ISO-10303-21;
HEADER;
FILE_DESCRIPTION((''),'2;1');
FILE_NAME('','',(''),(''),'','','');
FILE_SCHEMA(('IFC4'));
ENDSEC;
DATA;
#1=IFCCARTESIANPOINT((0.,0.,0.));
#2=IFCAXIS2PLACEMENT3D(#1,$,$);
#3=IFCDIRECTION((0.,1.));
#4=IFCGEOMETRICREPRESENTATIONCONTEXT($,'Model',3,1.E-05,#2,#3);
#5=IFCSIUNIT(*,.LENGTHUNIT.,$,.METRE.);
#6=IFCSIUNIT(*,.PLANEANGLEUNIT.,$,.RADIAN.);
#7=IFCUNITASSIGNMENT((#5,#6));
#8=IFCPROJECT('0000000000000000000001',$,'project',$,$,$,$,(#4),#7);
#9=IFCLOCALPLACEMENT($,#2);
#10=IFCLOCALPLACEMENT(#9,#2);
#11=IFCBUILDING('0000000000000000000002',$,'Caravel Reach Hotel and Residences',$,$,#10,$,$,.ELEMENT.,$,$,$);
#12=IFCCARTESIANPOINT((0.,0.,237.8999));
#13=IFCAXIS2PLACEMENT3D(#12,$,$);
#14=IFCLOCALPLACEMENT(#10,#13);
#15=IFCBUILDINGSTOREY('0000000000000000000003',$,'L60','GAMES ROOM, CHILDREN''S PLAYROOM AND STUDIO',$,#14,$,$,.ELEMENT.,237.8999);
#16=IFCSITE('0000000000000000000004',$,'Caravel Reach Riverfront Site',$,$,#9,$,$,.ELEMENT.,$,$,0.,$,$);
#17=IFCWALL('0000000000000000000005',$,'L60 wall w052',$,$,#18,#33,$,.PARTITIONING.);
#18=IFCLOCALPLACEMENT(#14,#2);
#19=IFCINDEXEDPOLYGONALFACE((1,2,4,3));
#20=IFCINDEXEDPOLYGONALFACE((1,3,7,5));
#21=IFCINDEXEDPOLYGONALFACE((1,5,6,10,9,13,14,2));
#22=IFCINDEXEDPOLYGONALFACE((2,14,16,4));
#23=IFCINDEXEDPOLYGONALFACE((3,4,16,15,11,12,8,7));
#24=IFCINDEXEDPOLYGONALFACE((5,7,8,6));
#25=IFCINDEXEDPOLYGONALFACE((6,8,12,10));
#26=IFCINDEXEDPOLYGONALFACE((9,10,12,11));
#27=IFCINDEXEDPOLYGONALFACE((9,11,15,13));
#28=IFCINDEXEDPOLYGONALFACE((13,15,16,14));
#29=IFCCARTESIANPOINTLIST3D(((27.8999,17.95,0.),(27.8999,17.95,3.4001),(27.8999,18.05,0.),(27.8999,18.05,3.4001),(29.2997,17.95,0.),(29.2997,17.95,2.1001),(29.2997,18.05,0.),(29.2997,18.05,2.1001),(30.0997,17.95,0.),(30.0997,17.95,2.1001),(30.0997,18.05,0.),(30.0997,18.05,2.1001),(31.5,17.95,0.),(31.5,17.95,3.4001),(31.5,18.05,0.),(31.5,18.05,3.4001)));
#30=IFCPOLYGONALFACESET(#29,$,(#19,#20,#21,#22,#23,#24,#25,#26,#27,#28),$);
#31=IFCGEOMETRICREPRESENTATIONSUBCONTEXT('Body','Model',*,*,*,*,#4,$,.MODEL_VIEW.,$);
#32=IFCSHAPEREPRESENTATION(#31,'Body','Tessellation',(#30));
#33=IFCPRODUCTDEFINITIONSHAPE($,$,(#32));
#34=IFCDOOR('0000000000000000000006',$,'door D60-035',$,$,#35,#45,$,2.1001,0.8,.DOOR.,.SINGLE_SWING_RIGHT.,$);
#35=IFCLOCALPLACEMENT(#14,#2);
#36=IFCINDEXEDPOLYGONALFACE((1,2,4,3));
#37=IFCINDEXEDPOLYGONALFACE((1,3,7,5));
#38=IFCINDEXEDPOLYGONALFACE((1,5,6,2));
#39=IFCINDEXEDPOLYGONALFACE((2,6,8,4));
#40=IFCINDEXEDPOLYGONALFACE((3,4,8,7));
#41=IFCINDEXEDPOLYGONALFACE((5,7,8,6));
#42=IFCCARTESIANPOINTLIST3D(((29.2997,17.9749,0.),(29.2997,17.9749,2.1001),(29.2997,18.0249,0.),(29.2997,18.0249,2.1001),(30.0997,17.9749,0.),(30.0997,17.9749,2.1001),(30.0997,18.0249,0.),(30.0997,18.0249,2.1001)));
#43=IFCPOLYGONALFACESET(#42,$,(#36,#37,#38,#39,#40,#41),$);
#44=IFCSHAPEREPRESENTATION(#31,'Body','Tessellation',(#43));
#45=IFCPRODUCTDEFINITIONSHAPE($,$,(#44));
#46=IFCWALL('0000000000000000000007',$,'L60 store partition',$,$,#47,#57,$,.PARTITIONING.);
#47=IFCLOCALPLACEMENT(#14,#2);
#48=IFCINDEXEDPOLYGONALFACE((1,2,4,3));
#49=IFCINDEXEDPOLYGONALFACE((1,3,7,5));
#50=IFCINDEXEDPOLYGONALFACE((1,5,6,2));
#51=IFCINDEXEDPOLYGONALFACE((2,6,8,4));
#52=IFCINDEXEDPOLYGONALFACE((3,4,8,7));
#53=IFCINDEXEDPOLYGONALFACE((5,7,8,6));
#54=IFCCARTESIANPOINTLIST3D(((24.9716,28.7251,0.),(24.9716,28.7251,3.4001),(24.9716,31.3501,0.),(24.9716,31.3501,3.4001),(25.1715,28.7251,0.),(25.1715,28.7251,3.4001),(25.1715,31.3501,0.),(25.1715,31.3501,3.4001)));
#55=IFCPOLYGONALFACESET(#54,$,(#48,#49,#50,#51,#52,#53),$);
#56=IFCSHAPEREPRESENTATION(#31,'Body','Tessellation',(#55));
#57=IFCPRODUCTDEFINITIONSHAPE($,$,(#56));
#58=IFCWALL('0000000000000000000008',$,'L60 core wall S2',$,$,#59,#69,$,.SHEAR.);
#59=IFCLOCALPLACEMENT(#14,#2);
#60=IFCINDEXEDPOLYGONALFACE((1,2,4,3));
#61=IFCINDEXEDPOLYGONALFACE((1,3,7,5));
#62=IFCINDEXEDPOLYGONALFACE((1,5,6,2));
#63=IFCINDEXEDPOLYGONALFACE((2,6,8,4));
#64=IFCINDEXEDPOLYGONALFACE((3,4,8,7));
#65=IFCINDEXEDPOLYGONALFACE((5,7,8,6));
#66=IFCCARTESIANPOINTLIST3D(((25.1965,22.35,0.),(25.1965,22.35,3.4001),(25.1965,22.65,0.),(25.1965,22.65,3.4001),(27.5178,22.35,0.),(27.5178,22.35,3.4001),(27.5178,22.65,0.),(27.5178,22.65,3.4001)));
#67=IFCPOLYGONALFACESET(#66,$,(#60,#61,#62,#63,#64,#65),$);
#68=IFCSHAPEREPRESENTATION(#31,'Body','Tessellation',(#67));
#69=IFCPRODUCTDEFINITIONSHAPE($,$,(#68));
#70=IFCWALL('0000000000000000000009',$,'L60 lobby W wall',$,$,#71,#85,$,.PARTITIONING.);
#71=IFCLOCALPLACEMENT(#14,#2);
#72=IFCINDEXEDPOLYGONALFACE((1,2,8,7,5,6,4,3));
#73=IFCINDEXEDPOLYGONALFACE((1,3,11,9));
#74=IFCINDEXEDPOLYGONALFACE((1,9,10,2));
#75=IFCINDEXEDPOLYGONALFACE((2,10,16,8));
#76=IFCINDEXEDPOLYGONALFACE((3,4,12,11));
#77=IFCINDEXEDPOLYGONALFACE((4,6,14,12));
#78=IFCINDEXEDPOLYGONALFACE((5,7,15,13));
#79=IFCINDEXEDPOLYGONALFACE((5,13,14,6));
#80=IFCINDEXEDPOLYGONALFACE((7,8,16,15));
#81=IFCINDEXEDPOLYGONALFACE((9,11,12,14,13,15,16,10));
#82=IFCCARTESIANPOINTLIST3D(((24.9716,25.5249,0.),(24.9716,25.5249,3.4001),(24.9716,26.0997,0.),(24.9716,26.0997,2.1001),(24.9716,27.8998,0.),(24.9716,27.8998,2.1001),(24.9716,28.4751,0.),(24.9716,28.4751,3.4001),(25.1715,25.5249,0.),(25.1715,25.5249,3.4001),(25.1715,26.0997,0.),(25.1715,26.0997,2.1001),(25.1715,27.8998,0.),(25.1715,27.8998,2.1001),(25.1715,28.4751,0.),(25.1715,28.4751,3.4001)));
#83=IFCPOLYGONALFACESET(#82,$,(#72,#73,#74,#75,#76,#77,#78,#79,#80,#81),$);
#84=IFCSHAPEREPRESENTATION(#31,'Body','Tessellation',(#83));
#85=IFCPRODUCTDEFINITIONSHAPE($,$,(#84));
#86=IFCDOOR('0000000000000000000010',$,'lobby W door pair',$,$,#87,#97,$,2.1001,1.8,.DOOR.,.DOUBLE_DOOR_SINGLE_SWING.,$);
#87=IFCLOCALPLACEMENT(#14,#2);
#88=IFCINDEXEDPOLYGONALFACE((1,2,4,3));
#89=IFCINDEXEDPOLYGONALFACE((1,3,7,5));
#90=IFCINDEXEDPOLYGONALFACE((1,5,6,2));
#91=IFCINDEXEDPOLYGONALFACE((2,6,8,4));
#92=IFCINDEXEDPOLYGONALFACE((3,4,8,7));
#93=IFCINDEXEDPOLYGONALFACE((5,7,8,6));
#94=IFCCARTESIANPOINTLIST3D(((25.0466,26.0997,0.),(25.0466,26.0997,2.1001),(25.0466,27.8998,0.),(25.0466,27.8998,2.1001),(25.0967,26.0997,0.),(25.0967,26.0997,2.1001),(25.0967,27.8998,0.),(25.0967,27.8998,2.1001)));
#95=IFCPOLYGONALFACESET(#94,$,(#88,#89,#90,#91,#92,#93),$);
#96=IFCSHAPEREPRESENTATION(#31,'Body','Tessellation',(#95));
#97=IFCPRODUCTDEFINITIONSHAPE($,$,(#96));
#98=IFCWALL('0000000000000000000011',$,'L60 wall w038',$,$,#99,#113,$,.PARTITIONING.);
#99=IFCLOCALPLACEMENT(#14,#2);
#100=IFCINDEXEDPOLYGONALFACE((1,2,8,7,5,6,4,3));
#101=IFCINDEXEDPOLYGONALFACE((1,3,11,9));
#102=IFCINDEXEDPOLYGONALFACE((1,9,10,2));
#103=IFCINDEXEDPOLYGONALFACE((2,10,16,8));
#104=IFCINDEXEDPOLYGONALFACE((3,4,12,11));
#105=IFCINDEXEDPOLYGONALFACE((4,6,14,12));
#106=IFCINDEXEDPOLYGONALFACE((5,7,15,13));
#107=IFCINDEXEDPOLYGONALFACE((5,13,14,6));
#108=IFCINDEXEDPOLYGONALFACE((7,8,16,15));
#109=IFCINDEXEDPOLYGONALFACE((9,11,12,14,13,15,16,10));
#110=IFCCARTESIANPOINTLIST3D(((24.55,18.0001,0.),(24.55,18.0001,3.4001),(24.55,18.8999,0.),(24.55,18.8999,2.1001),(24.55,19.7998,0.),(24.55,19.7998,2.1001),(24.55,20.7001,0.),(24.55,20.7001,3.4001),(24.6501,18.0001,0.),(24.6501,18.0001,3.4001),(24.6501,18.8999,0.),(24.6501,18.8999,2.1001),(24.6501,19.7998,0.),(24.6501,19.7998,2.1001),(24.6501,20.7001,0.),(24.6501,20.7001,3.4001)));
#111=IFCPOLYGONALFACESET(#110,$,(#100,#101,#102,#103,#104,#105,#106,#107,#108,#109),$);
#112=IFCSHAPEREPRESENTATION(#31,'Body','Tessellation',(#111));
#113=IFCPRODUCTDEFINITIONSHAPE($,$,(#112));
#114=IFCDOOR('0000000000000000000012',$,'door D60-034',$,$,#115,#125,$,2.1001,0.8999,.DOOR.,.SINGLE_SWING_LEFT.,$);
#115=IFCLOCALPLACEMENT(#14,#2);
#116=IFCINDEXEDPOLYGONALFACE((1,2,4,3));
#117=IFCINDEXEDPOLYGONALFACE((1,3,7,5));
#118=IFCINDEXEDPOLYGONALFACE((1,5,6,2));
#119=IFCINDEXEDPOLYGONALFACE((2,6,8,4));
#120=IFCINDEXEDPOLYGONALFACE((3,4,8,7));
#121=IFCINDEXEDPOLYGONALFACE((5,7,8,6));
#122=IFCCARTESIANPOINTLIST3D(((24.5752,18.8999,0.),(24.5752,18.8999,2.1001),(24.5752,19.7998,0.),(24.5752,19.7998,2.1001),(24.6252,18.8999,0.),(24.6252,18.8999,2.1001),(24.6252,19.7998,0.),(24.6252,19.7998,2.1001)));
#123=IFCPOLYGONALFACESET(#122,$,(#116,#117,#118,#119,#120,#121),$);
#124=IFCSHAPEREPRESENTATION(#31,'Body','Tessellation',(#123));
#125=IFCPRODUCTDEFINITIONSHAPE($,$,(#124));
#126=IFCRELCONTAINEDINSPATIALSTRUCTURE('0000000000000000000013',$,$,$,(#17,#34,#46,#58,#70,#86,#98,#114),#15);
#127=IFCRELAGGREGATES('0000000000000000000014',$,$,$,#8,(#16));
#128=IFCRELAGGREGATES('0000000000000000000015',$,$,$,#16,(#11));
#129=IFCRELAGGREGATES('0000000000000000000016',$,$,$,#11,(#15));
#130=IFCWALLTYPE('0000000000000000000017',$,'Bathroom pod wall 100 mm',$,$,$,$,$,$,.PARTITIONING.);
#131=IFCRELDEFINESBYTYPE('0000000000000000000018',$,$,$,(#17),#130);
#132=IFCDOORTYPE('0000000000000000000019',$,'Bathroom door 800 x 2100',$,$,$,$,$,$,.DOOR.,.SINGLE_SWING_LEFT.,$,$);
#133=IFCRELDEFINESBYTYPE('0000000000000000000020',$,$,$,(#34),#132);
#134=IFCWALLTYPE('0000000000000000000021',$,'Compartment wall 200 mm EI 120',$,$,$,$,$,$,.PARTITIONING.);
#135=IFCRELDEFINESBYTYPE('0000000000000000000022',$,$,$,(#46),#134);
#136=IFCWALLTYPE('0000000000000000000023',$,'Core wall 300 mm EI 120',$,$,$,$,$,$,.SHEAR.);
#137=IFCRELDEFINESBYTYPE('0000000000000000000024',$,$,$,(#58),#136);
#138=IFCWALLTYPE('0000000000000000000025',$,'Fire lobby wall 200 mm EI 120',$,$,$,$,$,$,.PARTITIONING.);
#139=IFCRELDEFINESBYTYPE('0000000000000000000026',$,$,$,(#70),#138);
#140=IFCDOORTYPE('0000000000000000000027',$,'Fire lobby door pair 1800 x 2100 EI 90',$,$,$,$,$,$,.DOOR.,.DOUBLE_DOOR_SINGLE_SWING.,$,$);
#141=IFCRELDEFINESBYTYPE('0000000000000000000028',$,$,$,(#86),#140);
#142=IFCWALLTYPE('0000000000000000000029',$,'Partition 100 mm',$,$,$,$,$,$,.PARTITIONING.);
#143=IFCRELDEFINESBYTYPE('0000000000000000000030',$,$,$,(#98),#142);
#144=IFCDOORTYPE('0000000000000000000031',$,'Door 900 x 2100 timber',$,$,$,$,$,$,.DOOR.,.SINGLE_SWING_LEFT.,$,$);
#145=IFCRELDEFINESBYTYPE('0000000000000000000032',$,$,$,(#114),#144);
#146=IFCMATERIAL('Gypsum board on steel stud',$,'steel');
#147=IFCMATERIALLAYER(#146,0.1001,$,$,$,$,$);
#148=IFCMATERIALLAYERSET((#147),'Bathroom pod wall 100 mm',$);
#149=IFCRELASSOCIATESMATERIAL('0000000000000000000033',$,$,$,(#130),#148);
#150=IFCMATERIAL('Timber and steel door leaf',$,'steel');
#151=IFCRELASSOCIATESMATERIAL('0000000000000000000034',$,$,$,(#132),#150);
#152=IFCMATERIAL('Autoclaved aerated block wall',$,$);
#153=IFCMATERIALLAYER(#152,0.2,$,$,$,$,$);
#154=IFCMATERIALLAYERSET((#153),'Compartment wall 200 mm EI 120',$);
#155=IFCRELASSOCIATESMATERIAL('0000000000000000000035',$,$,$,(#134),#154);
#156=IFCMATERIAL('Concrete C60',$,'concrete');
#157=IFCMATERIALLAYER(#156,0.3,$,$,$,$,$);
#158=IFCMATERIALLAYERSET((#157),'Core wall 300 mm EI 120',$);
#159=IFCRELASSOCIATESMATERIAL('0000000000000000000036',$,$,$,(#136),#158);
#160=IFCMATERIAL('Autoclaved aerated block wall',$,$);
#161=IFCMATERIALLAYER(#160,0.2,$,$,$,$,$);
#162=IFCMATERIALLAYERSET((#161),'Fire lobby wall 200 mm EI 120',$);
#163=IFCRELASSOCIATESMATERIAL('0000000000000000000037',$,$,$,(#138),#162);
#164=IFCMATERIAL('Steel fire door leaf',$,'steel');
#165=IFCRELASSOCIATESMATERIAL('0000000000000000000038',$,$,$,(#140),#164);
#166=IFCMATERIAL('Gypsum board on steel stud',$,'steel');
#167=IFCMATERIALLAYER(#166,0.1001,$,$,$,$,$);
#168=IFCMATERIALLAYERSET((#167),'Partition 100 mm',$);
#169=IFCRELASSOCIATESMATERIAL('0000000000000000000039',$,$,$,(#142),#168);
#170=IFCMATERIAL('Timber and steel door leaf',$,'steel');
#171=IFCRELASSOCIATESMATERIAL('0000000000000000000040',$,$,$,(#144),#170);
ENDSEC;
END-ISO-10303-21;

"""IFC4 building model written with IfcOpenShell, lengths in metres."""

from ifc_helpers import new_model, si_unit, direction, frame, frame_2d, origin, place, context, subcontext, project, spatial, rectangle, extrude, material, layer, layer_set, type_object, element, fill, save


model = new_model("IFC4")

# Units and contexts
model_context = context("Model", 3, precision=1e-05, world=origin(), true_north=direction((0.0, 1.0)))
body_context = subcontext(model_context, "Body", "Model", "MODEL_VIEW")
ifc_project = project(units=[si_unit("LENGTHUNIT", "METRE"), si_unit("PLANEANGLEUNIT", "RADIAN")], contexts=[model_context])

# Site, building, storey
site_placement = place(None, origin())
site = spatial("IfcSite", under=ifc_project, at=site_placement, Name="Caravel Reach Riverfront Site", CompositionType="ELEMENT", RefElevation=0.0)
building_placement = place(site_placement, origin())
building = spatial("IfcBuilding", under=site, at=building_placement, Name="Caravel Reach Hotel and Residences", CompositionType="ELEMENT")
storey_placement = place(building_placement, frame((0.0, 0.0, 237.8999)))
storey = spatial("IfcBuildingStorey", under=building, at=storey_placement, Name="L60", Description="GAMES ROOM, CHILDREN'S PLAYROOM AND STUDIO", CompositionType="ELEMENT", Elevation=237.8999)

# Wall, opening, door
ifc_material_1 = material(Name="Gypsum board on steel stud", Category="steel")
ifc_layer_1 = layer(ifc_material_1, 0.1001)
ifc_layer_set_1 = layer_set([ifc_layer_1], Name="Bathroom pod wall 100 mm")
wall_type_1 = type_object("IfcWallType", Name="Bathroom pod wall 100 mm", PredefinedType="PARTITIONING", material=ifc_layer_set_1)
wall_1_placement = place(storey_placement, frame((27.8999, 18.0, 0.0), z_axis=(0.0, 0.0, 1.0), x_axis=(1.0, 0.0, 0.0)))
wall_1 = element("IfcWall", 1, at=wall_1_placement, inside=storey, type_object=wall_type_1, Name="L60 wall w052", PredefinedType="PARTITIONING", context=body_context, shape_type="SweptSolid", body=[
    extrude(rectangle(XDim=3.6001, YDim=0.1001, at=frame_2d((1.8, 0.0))), origin(), (0.0, 0.0, 1.0), 3.4001),
])
opening_1_placement = place(wall_1_placement, frame((1.3999, 0.0, 0.0)))
opening_1 = element("IfcOpeningElement", 2, at=opening_1_placement, cuts=wall_1, PredefinedType="OPENING", context=body_context, shape_type="SweptSolid", body=[
    extrude(rectangle(XDim=0.8, YDim=2.1001, at=frame_2d((0.3999, 1.05))), frame((0.0, 0.0601, 0.0), z_axis=(0.0, -1.0, 0.0), x_axis=(1.0, 0.0, 0.0)), (0.0, 0.0, 1.0), 0.1201),
])
ifc_material_2 = material(Name="Timber and steel door leaf", Category="steel")
door_type_1 = type_object("IfcDoorType", Name="Bathroom door 800 x 2100", OperationType="SINGLE_SWING_LEFT", PredefinedType="DOOR", material=ifc_material_2)
door_1_placement = place(opening_1_placement, origin())
door_1 = element("IfcDoor", 3, at=door_1_placement, inside=storey, type_object=door_type_1, Name="door D60-035", OperationType="SINGLE_SWING_RIGHT", OverallHeight=2.1001, OverallWidth=0.8, PredefinedType="DOOR", context=body_context, shape_type="SweptSolid", body=[
    extrude(rectangle(XDim=0.8, YDim=2.1001, at=frame_2d((0.3999, 1.05))), frame((0.0, 0.0249, 0.0), z_axis=(0.0, -1.0, 0.0), x_axis=(1.0, 0.0, 0.0)), (0.0, 0.0, 1.0), 0.05),
])
fill(opening_1, door_1)

# Walls
ifc_material_3 = material(Name="Autoclaved aerated block wall")
ifc_layer_2 = layer(ifc_material_3, 0.2)
ifc_layer_set_2 = layer_set([ifc_layer_2], Name="Compartment wall 200 mm EI 120")
wall_type_2 = type_object("IfcWallType", Name="Compartment wall 200 mm EI 120", PredefinedType="PARTITIONING", material=ifc_layer_set_2)
wall_2_placement = place(storey_placement, frame((25.0715, 28.7251, 0.0), z_axis=(0.0, 0.0, 1.0), x_axis=(0.0, 1.0, 0.0)))
element("IfcWall", 4, at=wall_2_placement, inside=storey, type_object=wall_type_2, Name="L60 store partition", PredefinedType="PARTITIONING", context=body_context, shape_type="SweptSolid", body=[
    extrude(rectangle(XDim=2.625, YDim=0.2, at=frame_2d((1.3125, 0.0))), origin(), (0.0, 0.0, 1.0), 3.4001),
])
ifc_material_4 = material(Name="Concrete C60", Category="concrete")
ifc_layer_3 = layer(ifc_material_4, 0.3)
ifc_layer_set_3 = layer_set([ifc_layer_3], Name="Core wall 300 mm EI 120")
wall_type_3 = type_object("IfcWallType", Name="Core wall 300 mm EI 120", PredefinedType="SHEAR", material=ifc_layer_set_3)
wall_3_placement = place(storey_placement, frame((25.1965, 22.5, 0.0), z_axis=(0.0, 0.0, 1.0), x_axis=(1.0, 0.0, 0.0)))
element("IfcWall", 5, at=wall_3_placement, inside=storey, type_object=wall_type_3, Name="L60 core wall S2", PredefinedType="SHEAR", context=body_context, shape_type="SweptSolid", body=[
    extrude(rectangle(XDim=2.3213, YDim=0.3, at=frame_2d((1.1606, 0.0))), origin(), (0.0, 0.0, 1.0), 3.4001),
])

# Walls, openings, doors
ifc_material_5 = material(Name="Autoclaved aerated block wall")
ifc_layer_4 = layer(ifc_material_5, 0.2)
ifc_layer_set_4 = layer_set([ifc_layer_4], Name="Fire lobby wall 200 mm EI 120")
wall_type_4 = type_object("IfcWallType", Name="Fire lobby wall 200 mm EI 120", PredefinedType="PARTITIONING", material=ifc_layer_set_4)
wall_4_placement = place(storey_placement, frame((25.0715, 25.5249, 0.0), z_axis=(0.0, 0.0, 1.0), x_axis=(0.0, 1.0, 0.0)))
wall_4 = element("IfcWall", 6, at=wall_4_placement, inside=storey, type_object=wall_type_4, Name="L60 lobby W wall", PredefinedType="PARTITIONING", context=body_context, shape_type="SweptSolid", body=[
    extrude(rectangle(XDim=2.9502, YDim=0.2, at=frame_2d((1.4751, 0.0))), origin(), (0.0, 0.0, 1.0), 3.4001),
])
opening_2_placement = place(wall_4_placement, frame((0.575, 0.0, 0.0)))
opening_2 = element("IfcOpeningElement", 7, at=opening_2_placement, cuts=wall_4, PredefinedType="OPENING", context=body_context, shape_type="SweptSolid", body=[
    extrude(rectangle(XDim=1.8, YDim=2.1001, at=frame_2d((0.8999, 1.05))), frame((0.0, 0.1099, 0.0), z_axis=(0.0, -1.0, 0.0), x_axis=(1.0, 0.0, 0.0)), (0.0, 0.0, 1.0), 0.22),
])
ifc_material_6 = material(Name="Steel fire door leaf", Category="steel")
door_type_2 = type_object("IfcDoorType", Name="Fire lobby door pair 1800 x 2100 EI 90", OperationType="DOUBLE_DOOR_SINGLE_SWING", PredefinedType="DOOR", material=ifc_material_6)
door_2_placement = place(opening_2_placement, origin())
door_2 = element("IfcDoor", 8, at=door_2_placement, inside=storey, type_object=door_type_2, Name="lobby W door pair", OperationType="DOUBLE_DOOR_SINGLE_SWING", OverallHeight=2.1001, OverallWidth=1.8, PredefinedType="DOOR", context=body_context, shape_type="SweptSolid", body=[
    extrude(rectangle(XDim=1.8, YDim=2.1001, at=frame_2d((0.8999, 1.05))), frame((0.0, 0.0249, 0.0), z_axis=(0.0, -1.0, 0.0), x_axis=(1.0, 0.0, 0.0)), (0.0, 0.0, 1.0), 0.05),
])
fill(opening_2, door_2)
ifc_material_7 = material(Name="Gypsum board on steel stud", Category="steel")
ifc_layer_5 = layer(ifc_material_7, 0.1001)
ifc_layer_set_5 = layer_set([ifc_layer_5], Name="Partition 100 mm")
wall_type_5 = type_object("IfcWallType", Name="Partition 100 mm", PredefinedType="PARTITIONING", material=ifc_layer_set_5)
wall_5_placement = place(storey_placement, frame((24.6001, 18.0, 0.0), z_axis=(0.0, 0.0, 1.0), x_axis=(0.0, 1.0, 0.0)))
wall_5 = element("IfcWall", 9, at=wall_5_placement, inside=storey, type_object=wall_type_5, Name="L60 wall w038", PredefinedType="PARTITIONING", context=body_context, shape_type="SweptSolid", body=[
    extrude(rectangle(XDim=2.7, YDim=0.1001, at=frame_2d((1.3501, 0.0))), origin(), (0.0, 0.0, 1.0), 3.4001),
])
opening_3_placement = place(wall_5_placement, frame((0.8999, 0.0, 0.0)))
opening_3 = element("IfcOpeningElement", 10, at=opening_3_placement, cuts=wall_5, PredefinedType="OPENING", context=body_context, shape_type="SweptSolid", body=[
    extrude(rectangle(XDim=0.8999, YDim=2.1001, at=frame_2d((0.45, 1.05))), frame((0.0, 0.0601, 0.0), z_axis=(0.0, -1.0, 0.0), x_axis=(1.0, 0.0, 0.0)), (0.0, 0.0, 1.0), 0.1201),
])
ifc_material_8 = material(Name="Timber and steel door leaf", Category="steel")
door_type_3 = type_object("IfcDoorType", Name="Door 900 x 2100 timber", OperationType="SINGLE_SWING_LEFT", PredefinedType="DOOR", material=ifc_material_8)
door_3_placement = place(opening_3_placement, origin())
door_3 = element("IfcDoor", 11, at=door_3_placement, inside=storey, type_object=door_type_3, Name="door D60-034", OperationType="SINGLE_SWING_LEFT", OverallHeight=2.1001, OverallWidth=0.8999, PredefinedType="DOOR", context=body_context, shape_type="SweptSolid", body=[
    extrude(rectangle(XDim=0.8999, YDim=2.1001, at=frame_2d((0.45, 1.05))), frame((0.0, 0.0249, 0.0), z_axis=(0.0, -1.0, 0.0), x_axis=(1.0, 0.0, 0.0)), (0.0, 0.0, 1.0), 0.05),
])
fill(opening_3, door_3)

save(model, "model.ifc")
